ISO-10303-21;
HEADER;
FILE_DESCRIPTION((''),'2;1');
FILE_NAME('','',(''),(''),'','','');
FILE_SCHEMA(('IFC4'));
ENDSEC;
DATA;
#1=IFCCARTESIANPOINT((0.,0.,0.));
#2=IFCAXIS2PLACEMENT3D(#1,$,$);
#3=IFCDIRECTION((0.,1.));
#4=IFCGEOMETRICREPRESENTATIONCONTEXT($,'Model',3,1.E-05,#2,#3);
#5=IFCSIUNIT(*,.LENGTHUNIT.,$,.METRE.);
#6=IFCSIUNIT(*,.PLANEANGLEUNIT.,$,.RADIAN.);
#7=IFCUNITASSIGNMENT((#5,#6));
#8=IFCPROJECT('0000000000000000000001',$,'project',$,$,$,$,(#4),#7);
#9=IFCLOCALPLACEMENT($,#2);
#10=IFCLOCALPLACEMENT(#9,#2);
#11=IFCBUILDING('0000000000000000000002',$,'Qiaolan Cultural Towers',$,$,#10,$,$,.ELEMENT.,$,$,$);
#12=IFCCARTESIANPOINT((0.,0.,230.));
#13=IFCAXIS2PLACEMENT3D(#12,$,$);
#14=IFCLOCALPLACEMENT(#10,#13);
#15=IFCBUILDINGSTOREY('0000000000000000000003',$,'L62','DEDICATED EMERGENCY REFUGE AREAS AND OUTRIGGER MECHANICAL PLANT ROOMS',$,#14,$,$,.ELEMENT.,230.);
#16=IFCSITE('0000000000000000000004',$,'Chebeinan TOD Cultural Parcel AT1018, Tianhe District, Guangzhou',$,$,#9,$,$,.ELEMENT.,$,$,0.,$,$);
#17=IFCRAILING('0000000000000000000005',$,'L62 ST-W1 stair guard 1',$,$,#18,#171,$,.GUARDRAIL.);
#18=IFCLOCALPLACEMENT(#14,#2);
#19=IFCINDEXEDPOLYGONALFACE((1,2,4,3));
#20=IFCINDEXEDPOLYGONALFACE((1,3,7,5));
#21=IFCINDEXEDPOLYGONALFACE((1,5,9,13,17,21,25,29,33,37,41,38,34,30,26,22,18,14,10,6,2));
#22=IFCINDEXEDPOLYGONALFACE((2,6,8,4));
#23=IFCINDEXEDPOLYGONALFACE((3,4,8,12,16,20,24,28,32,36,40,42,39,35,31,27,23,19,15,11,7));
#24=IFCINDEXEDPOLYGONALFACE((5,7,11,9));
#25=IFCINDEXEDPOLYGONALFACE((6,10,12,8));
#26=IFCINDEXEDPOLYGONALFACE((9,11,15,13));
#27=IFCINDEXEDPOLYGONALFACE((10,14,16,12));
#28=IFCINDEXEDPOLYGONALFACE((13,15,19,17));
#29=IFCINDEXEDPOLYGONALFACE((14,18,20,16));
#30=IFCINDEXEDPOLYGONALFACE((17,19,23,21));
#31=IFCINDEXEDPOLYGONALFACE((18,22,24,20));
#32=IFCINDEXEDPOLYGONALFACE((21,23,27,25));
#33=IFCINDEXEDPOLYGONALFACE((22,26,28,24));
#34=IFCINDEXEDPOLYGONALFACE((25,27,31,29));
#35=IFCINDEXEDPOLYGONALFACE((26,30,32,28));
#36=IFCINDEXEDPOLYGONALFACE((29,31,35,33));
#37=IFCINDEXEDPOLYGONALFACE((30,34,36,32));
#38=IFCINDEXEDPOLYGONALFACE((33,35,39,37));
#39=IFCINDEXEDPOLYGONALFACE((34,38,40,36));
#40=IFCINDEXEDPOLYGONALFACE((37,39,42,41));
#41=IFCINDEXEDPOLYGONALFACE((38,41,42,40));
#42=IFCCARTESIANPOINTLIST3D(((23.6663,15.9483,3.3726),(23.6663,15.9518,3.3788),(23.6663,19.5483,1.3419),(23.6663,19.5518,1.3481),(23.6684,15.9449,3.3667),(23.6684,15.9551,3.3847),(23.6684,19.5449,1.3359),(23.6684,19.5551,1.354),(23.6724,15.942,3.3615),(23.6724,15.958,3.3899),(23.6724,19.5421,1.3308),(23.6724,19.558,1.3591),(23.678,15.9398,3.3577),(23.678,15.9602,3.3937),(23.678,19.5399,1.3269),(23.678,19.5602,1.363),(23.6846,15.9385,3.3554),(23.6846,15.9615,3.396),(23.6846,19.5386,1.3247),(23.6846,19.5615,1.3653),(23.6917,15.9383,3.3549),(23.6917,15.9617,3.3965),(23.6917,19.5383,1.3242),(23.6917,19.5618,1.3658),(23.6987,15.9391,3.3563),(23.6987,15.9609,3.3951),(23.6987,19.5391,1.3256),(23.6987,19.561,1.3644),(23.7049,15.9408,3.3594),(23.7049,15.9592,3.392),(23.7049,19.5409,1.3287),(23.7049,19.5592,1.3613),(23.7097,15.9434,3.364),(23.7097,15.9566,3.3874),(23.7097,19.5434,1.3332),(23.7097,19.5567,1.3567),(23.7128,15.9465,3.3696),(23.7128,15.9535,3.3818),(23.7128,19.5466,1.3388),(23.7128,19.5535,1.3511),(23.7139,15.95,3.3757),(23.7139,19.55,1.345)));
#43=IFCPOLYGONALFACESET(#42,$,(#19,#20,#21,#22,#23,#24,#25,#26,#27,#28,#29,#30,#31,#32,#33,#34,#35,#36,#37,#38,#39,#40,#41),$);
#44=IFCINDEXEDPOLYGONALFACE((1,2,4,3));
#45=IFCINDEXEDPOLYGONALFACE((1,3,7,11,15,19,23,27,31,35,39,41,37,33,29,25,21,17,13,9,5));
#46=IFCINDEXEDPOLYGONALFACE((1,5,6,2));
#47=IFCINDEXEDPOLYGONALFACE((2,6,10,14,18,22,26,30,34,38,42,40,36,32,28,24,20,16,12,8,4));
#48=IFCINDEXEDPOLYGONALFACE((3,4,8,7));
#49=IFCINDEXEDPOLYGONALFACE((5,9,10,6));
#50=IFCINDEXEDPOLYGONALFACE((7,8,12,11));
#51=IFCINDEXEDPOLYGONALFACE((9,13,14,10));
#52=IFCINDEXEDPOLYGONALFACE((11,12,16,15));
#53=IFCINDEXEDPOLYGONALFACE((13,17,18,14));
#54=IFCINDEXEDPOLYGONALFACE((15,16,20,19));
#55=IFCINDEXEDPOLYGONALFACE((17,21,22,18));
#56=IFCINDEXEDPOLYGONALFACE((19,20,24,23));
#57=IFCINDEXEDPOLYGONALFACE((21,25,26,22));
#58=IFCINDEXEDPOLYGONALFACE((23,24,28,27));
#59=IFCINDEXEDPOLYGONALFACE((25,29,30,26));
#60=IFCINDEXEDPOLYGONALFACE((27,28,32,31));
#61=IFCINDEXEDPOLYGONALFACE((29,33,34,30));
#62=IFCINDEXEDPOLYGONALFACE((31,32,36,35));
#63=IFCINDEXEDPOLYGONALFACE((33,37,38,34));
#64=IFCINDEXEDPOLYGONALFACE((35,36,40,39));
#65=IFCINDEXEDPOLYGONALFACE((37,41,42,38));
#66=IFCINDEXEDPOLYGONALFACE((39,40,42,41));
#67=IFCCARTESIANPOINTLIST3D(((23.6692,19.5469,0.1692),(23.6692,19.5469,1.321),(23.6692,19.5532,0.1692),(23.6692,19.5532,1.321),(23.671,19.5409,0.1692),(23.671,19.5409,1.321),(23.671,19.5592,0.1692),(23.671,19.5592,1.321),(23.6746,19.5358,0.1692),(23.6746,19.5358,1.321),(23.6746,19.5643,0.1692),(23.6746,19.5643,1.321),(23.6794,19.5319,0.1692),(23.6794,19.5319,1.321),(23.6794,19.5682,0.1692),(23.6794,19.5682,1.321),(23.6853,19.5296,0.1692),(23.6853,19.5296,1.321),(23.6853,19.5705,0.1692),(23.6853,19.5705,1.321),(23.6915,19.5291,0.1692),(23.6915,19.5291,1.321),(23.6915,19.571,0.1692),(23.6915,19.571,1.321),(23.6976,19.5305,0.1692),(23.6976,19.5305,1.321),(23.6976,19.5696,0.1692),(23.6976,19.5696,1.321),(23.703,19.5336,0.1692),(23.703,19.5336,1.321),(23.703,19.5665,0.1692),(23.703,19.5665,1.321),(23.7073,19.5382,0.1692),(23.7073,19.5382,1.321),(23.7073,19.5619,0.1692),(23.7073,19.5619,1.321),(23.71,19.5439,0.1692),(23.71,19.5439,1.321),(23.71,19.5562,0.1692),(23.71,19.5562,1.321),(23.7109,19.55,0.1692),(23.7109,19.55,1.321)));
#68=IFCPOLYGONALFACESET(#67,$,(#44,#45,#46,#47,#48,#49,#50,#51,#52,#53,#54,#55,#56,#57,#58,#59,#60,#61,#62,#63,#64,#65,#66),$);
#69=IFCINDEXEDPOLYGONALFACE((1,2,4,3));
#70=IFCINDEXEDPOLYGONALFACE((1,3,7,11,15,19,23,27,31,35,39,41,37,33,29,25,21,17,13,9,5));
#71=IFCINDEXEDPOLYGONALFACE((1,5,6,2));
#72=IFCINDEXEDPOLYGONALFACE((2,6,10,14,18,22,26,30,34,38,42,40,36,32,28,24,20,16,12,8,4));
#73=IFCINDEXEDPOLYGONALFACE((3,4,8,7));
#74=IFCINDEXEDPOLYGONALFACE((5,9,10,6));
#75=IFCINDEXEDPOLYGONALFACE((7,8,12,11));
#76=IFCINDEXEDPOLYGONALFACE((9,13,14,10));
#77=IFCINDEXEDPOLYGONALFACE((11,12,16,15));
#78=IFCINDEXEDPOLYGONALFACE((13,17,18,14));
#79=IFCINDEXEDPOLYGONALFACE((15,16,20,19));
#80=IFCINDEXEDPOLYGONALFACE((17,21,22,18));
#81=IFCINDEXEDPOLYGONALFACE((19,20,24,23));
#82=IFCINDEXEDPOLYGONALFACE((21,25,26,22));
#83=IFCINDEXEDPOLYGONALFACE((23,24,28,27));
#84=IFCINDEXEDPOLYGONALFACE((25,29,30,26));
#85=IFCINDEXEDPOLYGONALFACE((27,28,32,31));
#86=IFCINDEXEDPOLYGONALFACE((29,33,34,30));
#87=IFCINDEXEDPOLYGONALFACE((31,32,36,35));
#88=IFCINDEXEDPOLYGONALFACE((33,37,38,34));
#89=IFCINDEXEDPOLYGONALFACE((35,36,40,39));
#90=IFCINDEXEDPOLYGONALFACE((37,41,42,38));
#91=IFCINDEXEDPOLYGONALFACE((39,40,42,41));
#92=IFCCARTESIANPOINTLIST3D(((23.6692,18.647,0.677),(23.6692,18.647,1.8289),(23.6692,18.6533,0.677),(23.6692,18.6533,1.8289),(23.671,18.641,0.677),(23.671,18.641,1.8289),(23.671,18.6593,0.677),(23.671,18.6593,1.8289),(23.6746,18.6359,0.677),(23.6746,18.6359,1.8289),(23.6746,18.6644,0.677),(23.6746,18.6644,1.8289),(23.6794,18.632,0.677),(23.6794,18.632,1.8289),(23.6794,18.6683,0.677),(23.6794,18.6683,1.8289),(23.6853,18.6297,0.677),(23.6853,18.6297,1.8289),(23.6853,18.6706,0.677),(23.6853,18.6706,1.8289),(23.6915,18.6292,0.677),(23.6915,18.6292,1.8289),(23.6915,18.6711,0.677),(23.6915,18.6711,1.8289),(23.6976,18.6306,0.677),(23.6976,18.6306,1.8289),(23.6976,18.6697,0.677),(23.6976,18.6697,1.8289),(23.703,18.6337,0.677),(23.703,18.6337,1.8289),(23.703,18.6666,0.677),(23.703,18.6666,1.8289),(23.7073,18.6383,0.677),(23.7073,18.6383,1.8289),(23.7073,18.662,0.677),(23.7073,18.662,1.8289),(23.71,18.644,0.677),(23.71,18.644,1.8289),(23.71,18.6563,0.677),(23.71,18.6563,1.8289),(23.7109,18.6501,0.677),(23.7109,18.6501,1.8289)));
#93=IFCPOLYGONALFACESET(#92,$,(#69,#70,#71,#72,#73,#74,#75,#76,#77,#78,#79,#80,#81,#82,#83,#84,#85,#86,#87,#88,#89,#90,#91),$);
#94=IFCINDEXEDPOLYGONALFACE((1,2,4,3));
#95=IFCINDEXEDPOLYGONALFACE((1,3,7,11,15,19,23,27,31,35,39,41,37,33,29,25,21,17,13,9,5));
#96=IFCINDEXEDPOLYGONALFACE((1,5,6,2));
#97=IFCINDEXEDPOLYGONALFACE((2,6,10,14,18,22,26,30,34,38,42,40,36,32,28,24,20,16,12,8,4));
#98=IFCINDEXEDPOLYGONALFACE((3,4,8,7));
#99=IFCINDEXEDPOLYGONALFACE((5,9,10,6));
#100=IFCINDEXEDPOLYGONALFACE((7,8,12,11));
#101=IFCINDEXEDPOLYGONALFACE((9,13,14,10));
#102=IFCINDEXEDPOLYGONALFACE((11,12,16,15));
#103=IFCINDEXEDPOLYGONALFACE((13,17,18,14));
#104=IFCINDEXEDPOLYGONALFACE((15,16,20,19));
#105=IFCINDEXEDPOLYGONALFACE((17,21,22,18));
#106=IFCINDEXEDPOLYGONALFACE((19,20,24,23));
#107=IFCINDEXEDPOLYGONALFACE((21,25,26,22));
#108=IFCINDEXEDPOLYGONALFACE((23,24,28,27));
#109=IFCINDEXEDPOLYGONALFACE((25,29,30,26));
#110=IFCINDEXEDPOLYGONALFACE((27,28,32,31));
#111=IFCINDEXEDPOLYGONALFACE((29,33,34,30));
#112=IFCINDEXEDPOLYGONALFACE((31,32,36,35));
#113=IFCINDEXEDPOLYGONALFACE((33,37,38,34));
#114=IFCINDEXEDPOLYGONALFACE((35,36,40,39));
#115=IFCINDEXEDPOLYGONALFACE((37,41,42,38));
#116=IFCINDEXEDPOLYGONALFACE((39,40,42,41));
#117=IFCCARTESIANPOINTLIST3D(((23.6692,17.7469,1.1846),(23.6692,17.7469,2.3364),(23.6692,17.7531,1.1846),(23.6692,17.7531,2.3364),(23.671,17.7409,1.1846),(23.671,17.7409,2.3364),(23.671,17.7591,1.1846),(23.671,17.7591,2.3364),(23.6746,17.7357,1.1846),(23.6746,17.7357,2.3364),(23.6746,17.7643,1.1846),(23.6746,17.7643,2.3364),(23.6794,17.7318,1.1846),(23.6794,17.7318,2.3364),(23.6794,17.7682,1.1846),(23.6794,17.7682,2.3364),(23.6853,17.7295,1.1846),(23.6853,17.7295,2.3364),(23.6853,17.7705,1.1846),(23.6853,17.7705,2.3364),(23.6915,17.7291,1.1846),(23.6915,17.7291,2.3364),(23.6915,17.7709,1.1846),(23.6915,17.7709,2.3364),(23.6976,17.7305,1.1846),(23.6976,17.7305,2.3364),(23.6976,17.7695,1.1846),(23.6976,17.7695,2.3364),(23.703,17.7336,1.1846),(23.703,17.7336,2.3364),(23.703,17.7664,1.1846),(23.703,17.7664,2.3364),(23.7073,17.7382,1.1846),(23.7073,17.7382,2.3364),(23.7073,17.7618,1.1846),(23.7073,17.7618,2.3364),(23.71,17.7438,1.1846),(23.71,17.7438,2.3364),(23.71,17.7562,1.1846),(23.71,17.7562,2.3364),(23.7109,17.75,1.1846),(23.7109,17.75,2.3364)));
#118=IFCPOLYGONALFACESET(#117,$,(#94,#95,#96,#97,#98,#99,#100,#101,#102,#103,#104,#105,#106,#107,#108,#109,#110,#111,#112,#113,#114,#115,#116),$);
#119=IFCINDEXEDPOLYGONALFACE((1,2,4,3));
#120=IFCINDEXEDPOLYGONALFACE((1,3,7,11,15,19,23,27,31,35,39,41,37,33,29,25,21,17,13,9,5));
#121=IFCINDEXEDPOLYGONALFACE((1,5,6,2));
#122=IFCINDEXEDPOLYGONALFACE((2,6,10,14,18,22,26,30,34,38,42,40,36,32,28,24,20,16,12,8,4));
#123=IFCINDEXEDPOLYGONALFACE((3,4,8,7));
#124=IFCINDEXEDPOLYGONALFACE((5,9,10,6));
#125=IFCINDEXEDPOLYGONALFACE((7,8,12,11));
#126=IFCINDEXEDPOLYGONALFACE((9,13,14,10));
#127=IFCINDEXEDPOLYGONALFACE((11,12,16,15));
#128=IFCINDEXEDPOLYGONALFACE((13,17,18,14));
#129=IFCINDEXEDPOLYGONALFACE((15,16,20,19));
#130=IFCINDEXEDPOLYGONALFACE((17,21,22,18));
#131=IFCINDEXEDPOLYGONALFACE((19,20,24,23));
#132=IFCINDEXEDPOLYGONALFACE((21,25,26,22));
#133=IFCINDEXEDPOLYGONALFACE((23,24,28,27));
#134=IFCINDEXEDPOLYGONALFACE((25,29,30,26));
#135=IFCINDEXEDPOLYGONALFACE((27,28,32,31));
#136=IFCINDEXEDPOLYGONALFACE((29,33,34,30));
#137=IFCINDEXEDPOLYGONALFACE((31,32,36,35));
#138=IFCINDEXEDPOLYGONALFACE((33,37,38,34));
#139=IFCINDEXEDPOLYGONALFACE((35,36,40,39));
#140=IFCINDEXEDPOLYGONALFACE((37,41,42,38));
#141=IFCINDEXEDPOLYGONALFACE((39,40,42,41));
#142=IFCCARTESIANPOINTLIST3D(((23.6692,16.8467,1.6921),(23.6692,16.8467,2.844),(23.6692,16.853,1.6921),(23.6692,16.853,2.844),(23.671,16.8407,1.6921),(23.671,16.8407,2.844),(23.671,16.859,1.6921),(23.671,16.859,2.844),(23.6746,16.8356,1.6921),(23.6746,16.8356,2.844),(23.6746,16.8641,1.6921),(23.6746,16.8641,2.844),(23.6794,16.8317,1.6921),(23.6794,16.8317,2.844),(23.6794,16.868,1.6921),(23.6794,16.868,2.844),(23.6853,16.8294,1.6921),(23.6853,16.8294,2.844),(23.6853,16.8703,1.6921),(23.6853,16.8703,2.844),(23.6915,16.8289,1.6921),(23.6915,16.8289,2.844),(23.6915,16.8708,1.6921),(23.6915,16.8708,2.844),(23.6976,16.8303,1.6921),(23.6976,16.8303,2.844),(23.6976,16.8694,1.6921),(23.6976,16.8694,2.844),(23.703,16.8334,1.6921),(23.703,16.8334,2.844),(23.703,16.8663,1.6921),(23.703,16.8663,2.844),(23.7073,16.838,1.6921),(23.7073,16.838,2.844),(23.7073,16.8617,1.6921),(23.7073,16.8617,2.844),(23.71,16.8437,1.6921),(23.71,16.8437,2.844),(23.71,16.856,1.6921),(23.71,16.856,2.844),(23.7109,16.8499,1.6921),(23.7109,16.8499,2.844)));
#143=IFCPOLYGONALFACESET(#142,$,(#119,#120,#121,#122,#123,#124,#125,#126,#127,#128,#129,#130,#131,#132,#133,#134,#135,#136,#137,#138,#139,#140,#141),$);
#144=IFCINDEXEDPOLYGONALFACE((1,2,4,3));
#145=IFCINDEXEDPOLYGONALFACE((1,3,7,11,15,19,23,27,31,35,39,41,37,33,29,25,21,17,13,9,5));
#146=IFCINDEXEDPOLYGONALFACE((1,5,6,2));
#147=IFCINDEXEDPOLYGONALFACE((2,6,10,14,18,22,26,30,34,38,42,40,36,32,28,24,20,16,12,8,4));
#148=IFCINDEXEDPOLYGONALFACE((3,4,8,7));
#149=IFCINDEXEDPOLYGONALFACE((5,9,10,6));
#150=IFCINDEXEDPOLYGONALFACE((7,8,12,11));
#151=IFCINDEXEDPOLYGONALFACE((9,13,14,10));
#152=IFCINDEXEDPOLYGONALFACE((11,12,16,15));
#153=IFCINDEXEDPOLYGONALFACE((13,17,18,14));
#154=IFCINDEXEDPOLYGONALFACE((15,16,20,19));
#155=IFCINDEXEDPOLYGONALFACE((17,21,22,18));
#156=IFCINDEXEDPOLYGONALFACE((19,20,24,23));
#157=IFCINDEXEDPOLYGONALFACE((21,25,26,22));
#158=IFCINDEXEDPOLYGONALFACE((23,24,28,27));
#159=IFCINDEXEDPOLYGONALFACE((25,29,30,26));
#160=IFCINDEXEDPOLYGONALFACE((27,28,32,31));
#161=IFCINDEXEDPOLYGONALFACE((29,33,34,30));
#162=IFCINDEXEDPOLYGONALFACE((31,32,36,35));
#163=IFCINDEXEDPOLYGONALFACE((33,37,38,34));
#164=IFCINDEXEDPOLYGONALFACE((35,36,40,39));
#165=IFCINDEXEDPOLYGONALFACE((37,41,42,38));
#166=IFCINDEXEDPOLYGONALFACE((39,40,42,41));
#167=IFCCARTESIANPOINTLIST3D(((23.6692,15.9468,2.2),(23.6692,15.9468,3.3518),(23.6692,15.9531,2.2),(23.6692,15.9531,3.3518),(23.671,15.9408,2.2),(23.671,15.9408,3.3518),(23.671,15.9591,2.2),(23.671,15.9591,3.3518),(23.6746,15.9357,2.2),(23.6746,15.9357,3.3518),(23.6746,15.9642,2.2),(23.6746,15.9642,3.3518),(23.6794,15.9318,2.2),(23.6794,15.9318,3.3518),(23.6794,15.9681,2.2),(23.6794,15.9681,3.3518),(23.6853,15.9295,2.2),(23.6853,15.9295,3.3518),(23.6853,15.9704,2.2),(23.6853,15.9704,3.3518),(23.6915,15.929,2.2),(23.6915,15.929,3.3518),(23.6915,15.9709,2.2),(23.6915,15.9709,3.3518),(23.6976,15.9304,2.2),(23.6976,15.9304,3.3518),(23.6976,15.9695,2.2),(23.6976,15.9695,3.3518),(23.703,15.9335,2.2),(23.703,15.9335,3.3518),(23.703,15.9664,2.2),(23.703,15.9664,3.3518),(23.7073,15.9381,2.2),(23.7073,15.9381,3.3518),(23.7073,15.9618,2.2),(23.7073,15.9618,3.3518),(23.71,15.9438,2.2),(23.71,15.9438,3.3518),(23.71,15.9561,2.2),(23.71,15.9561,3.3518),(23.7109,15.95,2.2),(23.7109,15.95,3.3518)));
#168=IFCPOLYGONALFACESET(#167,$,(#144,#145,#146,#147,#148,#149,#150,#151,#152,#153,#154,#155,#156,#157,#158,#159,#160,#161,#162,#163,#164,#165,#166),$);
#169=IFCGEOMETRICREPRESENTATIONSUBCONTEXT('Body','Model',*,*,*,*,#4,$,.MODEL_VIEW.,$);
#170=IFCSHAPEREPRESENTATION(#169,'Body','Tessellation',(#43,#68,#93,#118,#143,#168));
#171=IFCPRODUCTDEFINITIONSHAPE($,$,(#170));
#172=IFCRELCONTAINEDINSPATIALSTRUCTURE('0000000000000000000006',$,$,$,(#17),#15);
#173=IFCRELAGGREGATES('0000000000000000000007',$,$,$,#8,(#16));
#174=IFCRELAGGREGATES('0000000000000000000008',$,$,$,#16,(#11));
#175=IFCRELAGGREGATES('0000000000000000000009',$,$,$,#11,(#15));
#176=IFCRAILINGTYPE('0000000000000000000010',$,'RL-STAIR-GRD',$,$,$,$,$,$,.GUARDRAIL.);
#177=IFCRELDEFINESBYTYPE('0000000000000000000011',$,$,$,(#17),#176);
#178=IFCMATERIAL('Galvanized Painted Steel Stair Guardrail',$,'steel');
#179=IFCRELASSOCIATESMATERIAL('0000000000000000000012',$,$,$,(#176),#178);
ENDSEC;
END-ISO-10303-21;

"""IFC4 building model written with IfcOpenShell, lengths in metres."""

from ifc_helpers import new_model, si_unit, direction, frame, origin, origin_2d, place, context, subcontext, project, spatial, circle, extrude, material, type_object, element, save


model = new_model("IFC4")

# Units and contexts
model_context = context("Model", 3, precision=1e-05, world=origin(), true_north=direction((0.0, 1.0)))
body_context = subcontext(model_context, "Body", "Model", "MODEL_VIEW")
ifc_project = project(units=[si_unit("LENGTHUNIT", "METRE"), si_unit("PLANEANGLEUNIT", "RADIAN")], contexts=[model_context])

# Site, building, storey
site_placement = place(None, origin())
site = spatial("IfcSite", under=ifc_project, at=site_placement, Name="Chebeinan TOD Cultural Parcel AT1018, Tianhe District, Guangzhou", CompositionType="ELEMENT", RefElevation=0.0)
building_placement = place(site_placement, origin())
building = spatial("IfcBuilding", under=site, at=building_placement, Name="Qiaolan Cultural Towers", CompositionType="ELEMENT")
storey_placement = place(building_placement, frame((0.0, 0.0, 230.0)))
storey = spatial("IfcBuildingStorey", under=building, at=storey_placement, Name="L62", Description="DEDICATED EMERGENCY REFUGE AREAS AND OUTRIGGER MECHANICAL PLANT ROOMS", CompositionType="ELEMENT", Elevation=230.0)

# Railing
ifc_material_1 = material(Name="Galvanized Painted Steel Stair Guardrail", Category="steel")
railing_type = type_object("IfcRailingType", Name="RL-STAIR-GRD", PredefinedType="GUARDRAIL", material=ifc_material_1)
railing_1_placement = place(storey_placement, frame((23.6899, 19.55, 0.1692)))
element("IfcRailing", 1, at=railing_1_placement, inside=storey, type_object=railing_type, Name="L62 ST-W1 stair guard 1", PredefinedType="GUARDRAIL", context=body_context, shape_type="SweptSolid", body=[
    extrude(circle(Radius=0.0239, at=origin_2d()), frame((0.0, 0.0, 1.1758), z_axis=(0.0, -0.870985, 0.49131), x_axis=(1.0, 0.0, 0.0)), (0.0, 0.0, 1.0), 4.1333),
    extrude(circle(Radius=0.021, at=origin_2d()), origin(), (0.0, 0.0, 1.0), 1.1519),
    extrude(circle(Radius=0.021, at=origin_2d()), frame((0.0, -0.8999, 0.5078)), (0.0, 0.0, 1.0), 1.1519),
    extrude(circle(Radius=0.021, at=origin_2d()), frame((0.0, -1.8, 1.0154)), (0.0, 0.0, 1.0), 1.1519),
    extrude(circle(Radius=0.021, at=origin_2d()), frame((0.0, -2.7002, 1.5229)), (0.0, 0.0, 1.0), 1.1519),
    extrude(circle(Radius=0.021, at=origin_2d()), frame((0.0, -3.6001, 2.0308)), (0.0, 0.0, 1.0), 1.1519),
])

save(model, "model.ifc")
